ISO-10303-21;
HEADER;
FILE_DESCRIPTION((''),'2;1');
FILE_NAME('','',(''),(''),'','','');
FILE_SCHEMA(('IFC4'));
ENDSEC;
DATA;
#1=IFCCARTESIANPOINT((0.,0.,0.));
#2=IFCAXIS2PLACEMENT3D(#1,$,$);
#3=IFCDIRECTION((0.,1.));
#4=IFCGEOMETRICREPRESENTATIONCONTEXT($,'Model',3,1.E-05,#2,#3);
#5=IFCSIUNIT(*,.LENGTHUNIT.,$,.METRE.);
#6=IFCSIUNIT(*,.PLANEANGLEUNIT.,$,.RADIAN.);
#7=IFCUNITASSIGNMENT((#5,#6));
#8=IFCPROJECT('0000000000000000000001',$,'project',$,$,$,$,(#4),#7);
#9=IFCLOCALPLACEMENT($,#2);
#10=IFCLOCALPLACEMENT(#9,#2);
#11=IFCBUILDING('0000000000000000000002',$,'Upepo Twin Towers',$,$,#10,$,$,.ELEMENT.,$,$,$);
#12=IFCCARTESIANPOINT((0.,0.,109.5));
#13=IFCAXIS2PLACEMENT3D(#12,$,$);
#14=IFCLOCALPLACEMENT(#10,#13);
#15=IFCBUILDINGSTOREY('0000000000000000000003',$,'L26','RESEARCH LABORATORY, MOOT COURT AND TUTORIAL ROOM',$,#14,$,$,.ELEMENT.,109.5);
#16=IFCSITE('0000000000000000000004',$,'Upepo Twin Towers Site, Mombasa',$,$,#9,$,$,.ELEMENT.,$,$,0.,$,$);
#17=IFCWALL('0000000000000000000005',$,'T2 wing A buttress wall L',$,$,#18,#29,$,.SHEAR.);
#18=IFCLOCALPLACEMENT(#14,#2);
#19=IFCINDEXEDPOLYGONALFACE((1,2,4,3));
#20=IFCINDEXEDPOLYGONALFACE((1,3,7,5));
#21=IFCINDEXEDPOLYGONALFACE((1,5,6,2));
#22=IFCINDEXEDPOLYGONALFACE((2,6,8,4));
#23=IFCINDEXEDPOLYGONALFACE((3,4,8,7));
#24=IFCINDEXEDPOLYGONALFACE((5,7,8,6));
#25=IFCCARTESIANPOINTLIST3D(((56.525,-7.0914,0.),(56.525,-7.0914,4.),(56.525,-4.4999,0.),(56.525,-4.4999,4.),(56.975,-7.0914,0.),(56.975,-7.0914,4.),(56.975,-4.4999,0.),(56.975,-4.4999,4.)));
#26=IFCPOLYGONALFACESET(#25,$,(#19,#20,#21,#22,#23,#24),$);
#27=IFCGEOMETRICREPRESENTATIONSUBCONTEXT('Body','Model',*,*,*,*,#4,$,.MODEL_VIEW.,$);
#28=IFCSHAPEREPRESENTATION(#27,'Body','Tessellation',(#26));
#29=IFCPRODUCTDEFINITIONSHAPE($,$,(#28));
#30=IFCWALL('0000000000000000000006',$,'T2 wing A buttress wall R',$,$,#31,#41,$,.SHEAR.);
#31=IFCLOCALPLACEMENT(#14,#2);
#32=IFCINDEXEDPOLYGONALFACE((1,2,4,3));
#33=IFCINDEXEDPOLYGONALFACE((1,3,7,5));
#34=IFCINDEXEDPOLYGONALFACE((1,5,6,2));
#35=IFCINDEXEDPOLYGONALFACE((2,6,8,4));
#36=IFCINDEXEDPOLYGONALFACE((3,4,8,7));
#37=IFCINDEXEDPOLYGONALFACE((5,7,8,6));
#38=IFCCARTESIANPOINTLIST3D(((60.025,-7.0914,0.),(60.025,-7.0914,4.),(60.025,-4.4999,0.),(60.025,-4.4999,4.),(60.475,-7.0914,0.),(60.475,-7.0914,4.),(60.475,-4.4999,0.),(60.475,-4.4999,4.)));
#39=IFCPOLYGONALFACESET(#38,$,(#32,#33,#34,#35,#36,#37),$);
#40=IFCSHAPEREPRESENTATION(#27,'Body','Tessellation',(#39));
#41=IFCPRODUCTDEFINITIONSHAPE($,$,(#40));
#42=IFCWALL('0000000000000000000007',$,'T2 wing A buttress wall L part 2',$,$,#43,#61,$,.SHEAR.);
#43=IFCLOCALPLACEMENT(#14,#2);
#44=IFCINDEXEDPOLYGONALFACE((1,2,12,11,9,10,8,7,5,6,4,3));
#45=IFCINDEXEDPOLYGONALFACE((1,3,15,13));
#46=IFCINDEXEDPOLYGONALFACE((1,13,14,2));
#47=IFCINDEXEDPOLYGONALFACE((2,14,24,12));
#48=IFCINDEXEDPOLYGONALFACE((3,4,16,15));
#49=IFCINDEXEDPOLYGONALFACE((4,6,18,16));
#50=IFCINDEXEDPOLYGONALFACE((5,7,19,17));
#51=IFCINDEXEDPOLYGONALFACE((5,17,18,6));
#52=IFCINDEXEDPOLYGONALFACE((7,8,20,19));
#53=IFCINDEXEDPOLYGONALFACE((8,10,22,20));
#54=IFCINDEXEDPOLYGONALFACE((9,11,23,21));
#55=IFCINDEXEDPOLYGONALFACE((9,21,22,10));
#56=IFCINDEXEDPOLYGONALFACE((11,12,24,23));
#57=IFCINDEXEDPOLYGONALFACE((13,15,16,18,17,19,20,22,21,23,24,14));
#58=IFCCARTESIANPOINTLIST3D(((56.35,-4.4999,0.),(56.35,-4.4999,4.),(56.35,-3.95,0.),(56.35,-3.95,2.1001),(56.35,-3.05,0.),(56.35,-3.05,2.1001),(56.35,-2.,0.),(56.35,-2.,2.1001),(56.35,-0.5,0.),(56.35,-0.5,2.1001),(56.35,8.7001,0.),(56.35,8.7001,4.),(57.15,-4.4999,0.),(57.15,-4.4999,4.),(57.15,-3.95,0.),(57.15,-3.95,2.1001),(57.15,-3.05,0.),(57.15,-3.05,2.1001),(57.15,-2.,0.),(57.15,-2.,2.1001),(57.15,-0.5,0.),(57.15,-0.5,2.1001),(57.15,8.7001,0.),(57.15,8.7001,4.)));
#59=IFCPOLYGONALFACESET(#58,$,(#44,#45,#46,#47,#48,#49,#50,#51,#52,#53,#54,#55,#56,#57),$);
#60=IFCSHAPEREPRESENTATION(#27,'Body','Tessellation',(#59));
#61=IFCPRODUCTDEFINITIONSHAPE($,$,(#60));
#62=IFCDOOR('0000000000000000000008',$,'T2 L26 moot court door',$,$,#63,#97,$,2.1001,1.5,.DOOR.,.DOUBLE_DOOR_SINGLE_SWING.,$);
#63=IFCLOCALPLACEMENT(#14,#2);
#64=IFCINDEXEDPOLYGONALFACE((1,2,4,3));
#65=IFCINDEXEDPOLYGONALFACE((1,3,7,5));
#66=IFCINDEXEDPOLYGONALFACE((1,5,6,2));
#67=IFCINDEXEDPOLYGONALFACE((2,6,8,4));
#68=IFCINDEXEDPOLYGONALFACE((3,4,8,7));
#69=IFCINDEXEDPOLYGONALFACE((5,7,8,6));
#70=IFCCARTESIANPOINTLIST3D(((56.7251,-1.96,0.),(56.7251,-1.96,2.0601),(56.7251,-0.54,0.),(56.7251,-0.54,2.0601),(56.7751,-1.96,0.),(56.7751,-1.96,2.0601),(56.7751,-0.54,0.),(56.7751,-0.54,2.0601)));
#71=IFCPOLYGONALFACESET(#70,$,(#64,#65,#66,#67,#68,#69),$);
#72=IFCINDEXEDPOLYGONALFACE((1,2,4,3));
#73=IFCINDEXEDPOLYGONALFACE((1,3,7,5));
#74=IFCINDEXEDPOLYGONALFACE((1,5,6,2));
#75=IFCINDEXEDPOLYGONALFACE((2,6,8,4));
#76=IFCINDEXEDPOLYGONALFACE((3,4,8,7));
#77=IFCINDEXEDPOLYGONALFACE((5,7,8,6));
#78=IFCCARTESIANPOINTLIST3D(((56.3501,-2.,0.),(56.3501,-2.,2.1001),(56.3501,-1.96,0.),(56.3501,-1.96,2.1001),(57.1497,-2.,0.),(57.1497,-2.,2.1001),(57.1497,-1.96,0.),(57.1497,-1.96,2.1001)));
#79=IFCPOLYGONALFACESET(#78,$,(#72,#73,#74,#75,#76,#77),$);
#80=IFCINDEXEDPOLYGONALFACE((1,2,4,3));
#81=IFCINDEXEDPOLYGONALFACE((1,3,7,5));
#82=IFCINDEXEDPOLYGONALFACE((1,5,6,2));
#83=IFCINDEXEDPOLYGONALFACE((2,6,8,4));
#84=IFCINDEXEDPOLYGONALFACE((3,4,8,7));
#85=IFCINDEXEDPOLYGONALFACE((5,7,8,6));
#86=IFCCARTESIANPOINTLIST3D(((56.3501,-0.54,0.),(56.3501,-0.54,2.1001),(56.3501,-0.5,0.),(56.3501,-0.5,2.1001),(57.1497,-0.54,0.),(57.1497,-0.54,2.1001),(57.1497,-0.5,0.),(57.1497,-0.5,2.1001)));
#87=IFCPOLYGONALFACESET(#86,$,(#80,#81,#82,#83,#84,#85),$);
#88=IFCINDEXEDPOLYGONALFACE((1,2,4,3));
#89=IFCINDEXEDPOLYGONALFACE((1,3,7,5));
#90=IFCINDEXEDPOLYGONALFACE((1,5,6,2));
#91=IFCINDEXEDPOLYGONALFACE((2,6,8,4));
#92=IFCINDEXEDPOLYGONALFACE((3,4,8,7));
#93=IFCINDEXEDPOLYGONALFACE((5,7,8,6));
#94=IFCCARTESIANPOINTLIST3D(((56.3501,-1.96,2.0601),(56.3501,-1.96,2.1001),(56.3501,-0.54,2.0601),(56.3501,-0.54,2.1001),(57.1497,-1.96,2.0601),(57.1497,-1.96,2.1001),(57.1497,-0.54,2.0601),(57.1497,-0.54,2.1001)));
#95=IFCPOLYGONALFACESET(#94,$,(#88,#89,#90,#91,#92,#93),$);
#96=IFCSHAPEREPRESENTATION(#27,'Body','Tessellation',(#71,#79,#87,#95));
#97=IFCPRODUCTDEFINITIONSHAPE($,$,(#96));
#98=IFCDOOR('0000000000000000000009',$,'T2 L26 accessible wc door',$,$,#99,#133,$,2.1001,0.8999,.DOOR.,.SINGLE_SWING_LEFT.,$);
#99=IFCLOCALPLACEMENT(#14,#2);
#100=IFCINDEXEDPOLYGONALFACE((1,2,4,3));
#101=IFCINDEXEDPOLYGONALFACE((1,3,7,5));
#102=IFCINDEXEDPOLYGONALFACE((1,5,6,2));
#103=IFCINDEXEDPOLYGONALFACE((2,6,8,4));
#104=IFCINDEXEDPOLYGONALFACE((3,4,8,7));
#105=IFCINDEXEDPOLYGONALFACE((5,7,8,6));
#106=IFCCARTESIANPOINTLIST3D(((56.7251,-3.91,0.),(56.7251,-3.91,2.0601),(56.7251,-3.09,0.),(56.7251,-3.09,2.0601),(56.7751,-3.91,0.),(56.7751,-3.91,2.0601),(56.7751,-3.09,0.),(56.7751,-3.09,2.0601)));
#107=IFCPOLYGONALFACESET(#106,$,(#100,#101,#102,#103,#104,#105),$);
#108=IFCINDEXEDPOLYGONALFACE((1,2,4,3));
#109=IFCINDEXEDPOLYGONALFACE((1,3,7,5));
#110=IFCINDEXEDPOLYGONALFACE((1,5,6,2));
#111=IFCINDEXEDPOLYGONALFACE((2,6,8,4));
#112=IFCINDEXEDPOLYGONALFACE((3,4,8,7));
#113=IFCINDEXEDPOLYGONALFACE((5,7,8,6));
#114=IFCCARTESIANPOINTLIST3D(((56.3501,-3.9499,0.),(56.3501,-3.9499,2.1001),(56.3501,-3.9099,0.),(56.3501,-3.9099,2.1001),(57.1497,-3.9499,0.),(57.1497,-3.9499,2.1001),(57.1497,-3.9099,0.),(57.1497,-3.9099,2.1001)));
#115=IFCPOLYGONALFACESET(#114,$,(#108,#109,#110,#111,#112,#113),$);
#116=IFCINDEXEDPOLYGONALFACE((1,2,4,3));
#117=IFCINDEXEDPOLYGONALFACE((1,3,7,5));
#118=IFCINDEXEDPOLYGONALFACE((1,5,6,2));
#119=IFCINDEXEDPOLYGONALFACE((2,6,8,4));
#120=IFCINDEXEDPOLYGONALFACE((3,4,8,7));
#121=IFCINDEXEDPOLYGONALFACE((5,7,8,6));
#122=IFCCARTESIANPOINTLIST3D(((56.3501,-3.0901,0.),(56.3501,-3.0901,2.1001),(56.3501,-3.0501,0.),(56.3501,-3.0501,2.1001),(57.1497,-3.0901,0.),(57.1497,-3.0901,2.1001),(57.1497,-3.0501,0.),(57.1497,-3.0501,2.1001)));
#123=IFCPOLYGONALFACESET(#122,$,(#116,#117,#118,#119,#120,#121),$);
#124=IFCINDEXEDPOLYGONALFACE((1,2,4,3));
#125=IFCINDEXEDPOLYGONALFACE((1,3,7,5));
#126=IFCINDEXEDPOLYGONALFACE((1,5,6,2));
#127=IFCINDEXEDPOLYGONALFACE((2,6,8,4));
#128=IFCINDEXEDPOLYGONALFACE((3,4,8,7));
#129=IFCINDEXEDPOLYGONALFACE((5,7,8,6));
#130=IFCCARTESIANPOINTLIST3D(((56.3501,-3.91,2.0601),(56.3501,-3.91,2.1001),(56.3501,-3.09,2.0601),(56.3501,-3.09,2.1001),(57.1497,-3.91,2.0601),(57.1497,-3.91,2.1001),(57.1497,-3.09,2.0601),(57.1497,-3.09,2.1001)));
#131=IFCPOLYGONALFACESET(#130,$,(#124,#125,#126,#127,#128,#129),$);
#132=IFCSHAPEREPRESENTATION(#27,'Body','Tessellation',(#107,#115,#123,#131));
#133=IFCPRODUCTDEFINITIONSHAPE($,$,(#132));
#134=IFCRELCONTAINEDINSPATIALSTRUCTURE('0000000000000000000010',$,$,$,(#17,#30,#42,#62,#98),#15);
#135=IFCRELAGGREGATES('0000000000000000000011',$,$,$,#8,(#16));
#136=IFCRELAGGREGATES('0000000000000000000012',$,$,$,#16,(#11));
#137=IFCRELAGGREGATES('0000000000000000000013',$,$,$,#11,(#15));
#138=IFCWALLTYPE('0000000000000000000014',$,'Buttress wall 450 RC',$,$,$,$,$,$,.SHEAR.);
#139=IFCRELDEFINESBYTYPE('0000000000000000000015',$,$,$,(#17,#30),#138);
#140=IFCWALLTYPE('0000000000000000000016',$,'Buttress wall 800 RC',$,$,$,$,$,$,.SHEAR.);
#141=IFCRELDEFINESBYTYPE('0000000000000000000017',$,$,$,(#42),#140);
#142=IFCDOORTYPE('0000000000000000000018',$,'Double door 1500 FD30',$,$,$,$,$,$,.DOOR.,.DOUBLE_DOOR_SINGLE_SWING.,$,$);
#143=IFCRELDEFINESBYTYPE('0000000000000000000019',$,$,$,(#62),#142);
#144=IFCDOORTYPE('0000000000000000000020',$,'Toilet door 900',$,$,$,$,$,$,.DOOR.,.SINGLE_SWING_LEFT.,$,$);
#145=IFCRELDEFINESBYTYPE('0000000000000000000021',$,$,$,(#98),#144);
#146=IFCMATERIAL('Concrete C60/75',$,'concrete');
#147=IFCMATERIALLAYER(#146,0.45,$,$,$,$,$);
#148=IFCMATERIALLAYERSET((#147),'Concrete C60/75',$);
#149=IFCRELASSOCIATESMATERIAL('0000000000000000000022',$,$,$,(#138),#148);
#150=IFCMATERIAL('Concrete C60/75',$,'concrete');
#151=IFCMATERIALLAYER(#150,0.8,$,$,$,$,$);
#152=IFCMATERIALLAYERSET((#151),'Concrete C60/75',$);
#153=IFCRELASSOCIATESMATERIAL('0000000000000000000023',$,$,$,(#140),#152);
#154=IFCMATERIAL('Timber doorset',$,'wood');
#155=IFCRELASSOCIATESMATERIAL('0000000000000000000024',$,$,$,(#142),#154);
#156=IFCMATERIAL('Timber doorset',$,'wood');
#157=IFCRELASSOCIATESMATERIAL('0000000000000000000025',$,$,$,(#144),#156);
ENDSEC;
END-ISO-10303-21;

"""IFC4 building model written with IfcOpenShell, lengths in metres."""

from ifc_helpers import new_model, si_unit, direction, frame, frame_2d, origin, place, context, subcontext, project, spatial, rectangle, extrude, material, layer, layer_set, type_object, element, fill, save


model = new_model("IFC4")

# Units and contexts
model_context = context("Model", 3, precision=1e-05, world=origin(), true_north=direction((0.0, 1.0)))
body_context = subcontext(model_context, "Body", "Model", "MODEL_VIEW")
ifc_project = project(units=[si_unit("LENGTHUNIT", "METRE"), si_unit("PLANEANGLEUNIT", "RADIAN")], contexts=[model_context])

# Site, building, storey
site_placement = place(None, origin())
site = spatial("IfcSite", under=ifc_project, at=site_placement, Name="Upepo Twin Towers Site, Mombasa", CompositionType="ELEMENT", RefElevation=0.0)
building_placement = place(site_placement, origin())
building = spatial("IfcBuilding", under=site, at=building_placement, Name="Upepo Twin Towers", CompositionType="ELEMENT")
storey_placement = place(building_placement, frame((0.0, 0.0, 109.5)))
storey = spatial("IfcBuildingStorey", under=building, at=storey_placement, Name="L26", Description="RESEARCH LABORATORY, MOOT COURT AND TUTORIAL ROOM", CompositionType="ELEMENT", Elevation=109.5)

# Walls
ifc_material_1 = material(Name="Concrete C60/75", Category="concrete")
ifc_layer_1 = layer(ifc_material_1, 0.45)
ifc_layer_set_1 = layer_set([ifc_layer_1], Name="Concrete C60/75")
wall_type_1 = type_object("IfcWallType", Name="Buttress wall 450 RC", PredefinedType="SHEAR", material=ifc_layer_set_1)
for number, where, z_axis, x_axis, name in (
    (1, (56.75, -7.0916, 0.0), (0.0, 0.0, 1.0), (0.0, 1.0, 0.0), "T2 wing A buttress wall L"),
    (2, (60.25, -7.0916, 0.0), (0.0, 0.0, 1.0), (0.0, 1.0, 0.0), "T2 wing A buttress wall R"),
):
    element("IfcWall", number, at=place(storey_placement, frame(where, z_axis=z_axis, x_axis=x_axis)), inside=storey, type_object=wall_type_1, Name=name, PredefinedType="SHEAR", context=body_context, shape_type="SweptSolid", body=[
        extrude(rectangle(XDim=2.5916, YDim=0.45, at=frame_2d((1.2959, 0.0))), origin(), (0.0, 0.0, 1.0), 4.0),
    ])

# Wall, openings, doors
ifc_material_2 = material(Name="Concrete C60/75", Category="concrete")
ifc_layer_2 = layer(ifc_material_2, 0.8)
ifc_layer_set_2 = layer_set([ifc_layer_2], Name="Concrete C60/75")
wall_type_2 = type_object("IfcWallType", Name="Buttress wall 800 RC", PredefinedType="SHEAR", material=ifc_layer_set_2)
wall_1_placement = place(storey_placement, frame((56.75, -4.5, 0.0), z_axis=(0.0, 0.0, 1.0), x_axis=(0.0, 1.0, 0.0)))
wall_1 = element("IfcWall", 3, at=wall_1_placement, inside=storey, type_object=wall_type_2, Name="T2 wing A buttress wall L part 2", PredefinedType="SHEAR", context=body_context, shape_type="SweptSolid", body=[
    extrude(rectangle(XDim=13.2, YDim=0.8, at=frame_2d((6.6001, 0.0))), origin(), (0.0, 0.0, 1.0), 4.0),
])
opening_1_placement = place(wall_1_placement, frame((0.55, 0.0, 0.0)))
opening_1 = element("IfcOpeningElement", 4, at=opening_1_placement, cuts=wall_1, PredefinedType="OPENING", context=body_context, shape_type="SweptSolid", body=[
    extrude(rectangle(XDim=0.8999, YDim=2.1001, at=frame_2d((0.45, 1.05))), frame((0.0, 0.4099, 0.0), z_axis=(0.0, -1.0, 0.0), x_axis=(1.0, 0.0, 0.0)), (0.0, 0.0, 1.0), 0.8201),
])
opening_2_placement = place(wall_1_placement, frame((2.5, 0.0, 0.0)))
opening_2 = element("IfcOpeningElement", 5, at=opening_2_placement, cuts=wall_1, PredefinedType="OPENING", context=body_context, shape_type="SweptSolid", body=[
    extrude(rectangle(XDim=1.5, YDim=2.1001, at=frame_2d((0.75, 1.05))), frame((0.0, 0.4099, 0.0), z_axis=(0.0, -1.0, 0.0), x_axis=(1.0, 0.0, 0.0)), (0.0, 0.0, 1.0), 0.8201),
])
ifc_material_3 = material(Name="Timber doorset", Category="wood")
door_type_1 = type_object("IfcDoorType", Name="Double door 1500 FD30", OperationType="DOUBLE_DOOR_SINGLE_SWING", PredefinedType="DOOR", material=ifc_material_3)
door_1_placement = place(opening_2_placement, origin())
door_1 = element("IfcDoor", 6, at=door_1_placement, inside=storey, type_object=door_type_1, Name="T2 L26 moot court door", OperationType="DOUBLE_DOOR_SINGLE_SWING", OverallHeight=2.1001, OverallWidth=1.5, PredefinedType="DOOR", context=body_context, shape_type="SweptSolid", body=[
    extrude(rectangle(XDim=1.42, YDim=2.0601, at=frame_2d((0.75, 1.03))), frame((0.0, 0.0249, 0.0), z_axis=(0.0, -1.0, 0.0), x_axis=(1.0, 0.0, 0.0)), (0.0, 0.0, 1.0), 0.05),
    extrude(rectangle(XDim=0.04, YDim=2.1001, at=frame_2d((0.02, 1.05))), frame((0.0, 0.3999, 0.0), z_axis=(0.0, -1.0, 0.0), x_axis=(1.0, 0.0, 0.0)), (0.0, 0.0, 1.0), 0.7996),
    extrude(rectangle(XDim=0.04, YDim=2.1001, at=frame_2d((1.48, 1.05))), frame((0.0, 0.3999, 0.0), z_axis=(0.0, -1.0, 0.0), x_axis=(1.0, 0.0, 0.0)), (0.0, 0.0, 1.0), 0.7996),
    extrude(rectangle(XDim=1.42, YDim=0.04, at=frame_2d((0.75, 2.0801))), frame((0.0, 0.3999, 0.0), z_axis=(0.0, -1.0, 0.0), x_axis=(1.0, 0.0, 0.0)), (0.0, 0.0, 1.0), 0.7996),
])
fill(opening_2, door_1)
ifc_material_4 = material(Name="Timber doorset", Category="wood")
door_type_2 = type_object("IfcDoorType", Name="Toilet door 900", OperationType="SINGLE_SWING_LEFT", PredefinedType="DOOR", material=ifc_material_4)
door_2_placement = place(opening_1_placement, origin())
door_2 = element("IfcDoor", 7, at=door_2_placement, inside=storey, type_object=door_type_2, Name="T2 L26 accessible wc door", OperationType="SINGLE_SWING_LEFT", OverallHeight=2.1001, OverallWidth=0.8999, PredefinedType="DOOR", context=body_context, shape_type="SweptSolid", body=[
    extrude(rectangle(XDim=0.8199, YDim=2.0601, at=frame_2d((0.45, 1.03))), frame((0.0, 0.0249, 0.0), z_axis=(0.0, -1.0, 0.0), x_axis=(1.0, 0.0, 0.0)), (0.0, 0.0, 1.0), 0.05),
    extrude(rectangle(XDim=0.04, YDim=2.1001, at=frame_2d((0.02, 1.05))), frame((0.0, 0.3999, 0.0), z_axis=(0.0, -1.0, 0.0), x_axis=(1.0, 0.0, 0.0)), (0.0, 0.0, 1.0), 0.7996),
    extrude(rectangle(XDim=0.04, YDim=2.1001, at=frame_2d((0.8799, 1.05))), frame((0.0, 0.3999, 0.0), z_axis=(0.0, -1.0, 0.0), x_axis=(1.0, 0.0, 0.0)), (0.0, 0.0, 1.0), 0.7996),
    extrude(rectangle(XDim=0.8199, YDim=0.04, at=frame_2d((0.45, 2.0801))), frame((0.0, 0.3999, 0.0), z_axis=(0.0, -1.0, 0.0), x_axis=(1.0, 0.0, 0.0)), (0.0, 0.0, 1.0), 0.7996),
])
fill(opening_1, door_2)

save(model, "model.ifc")
